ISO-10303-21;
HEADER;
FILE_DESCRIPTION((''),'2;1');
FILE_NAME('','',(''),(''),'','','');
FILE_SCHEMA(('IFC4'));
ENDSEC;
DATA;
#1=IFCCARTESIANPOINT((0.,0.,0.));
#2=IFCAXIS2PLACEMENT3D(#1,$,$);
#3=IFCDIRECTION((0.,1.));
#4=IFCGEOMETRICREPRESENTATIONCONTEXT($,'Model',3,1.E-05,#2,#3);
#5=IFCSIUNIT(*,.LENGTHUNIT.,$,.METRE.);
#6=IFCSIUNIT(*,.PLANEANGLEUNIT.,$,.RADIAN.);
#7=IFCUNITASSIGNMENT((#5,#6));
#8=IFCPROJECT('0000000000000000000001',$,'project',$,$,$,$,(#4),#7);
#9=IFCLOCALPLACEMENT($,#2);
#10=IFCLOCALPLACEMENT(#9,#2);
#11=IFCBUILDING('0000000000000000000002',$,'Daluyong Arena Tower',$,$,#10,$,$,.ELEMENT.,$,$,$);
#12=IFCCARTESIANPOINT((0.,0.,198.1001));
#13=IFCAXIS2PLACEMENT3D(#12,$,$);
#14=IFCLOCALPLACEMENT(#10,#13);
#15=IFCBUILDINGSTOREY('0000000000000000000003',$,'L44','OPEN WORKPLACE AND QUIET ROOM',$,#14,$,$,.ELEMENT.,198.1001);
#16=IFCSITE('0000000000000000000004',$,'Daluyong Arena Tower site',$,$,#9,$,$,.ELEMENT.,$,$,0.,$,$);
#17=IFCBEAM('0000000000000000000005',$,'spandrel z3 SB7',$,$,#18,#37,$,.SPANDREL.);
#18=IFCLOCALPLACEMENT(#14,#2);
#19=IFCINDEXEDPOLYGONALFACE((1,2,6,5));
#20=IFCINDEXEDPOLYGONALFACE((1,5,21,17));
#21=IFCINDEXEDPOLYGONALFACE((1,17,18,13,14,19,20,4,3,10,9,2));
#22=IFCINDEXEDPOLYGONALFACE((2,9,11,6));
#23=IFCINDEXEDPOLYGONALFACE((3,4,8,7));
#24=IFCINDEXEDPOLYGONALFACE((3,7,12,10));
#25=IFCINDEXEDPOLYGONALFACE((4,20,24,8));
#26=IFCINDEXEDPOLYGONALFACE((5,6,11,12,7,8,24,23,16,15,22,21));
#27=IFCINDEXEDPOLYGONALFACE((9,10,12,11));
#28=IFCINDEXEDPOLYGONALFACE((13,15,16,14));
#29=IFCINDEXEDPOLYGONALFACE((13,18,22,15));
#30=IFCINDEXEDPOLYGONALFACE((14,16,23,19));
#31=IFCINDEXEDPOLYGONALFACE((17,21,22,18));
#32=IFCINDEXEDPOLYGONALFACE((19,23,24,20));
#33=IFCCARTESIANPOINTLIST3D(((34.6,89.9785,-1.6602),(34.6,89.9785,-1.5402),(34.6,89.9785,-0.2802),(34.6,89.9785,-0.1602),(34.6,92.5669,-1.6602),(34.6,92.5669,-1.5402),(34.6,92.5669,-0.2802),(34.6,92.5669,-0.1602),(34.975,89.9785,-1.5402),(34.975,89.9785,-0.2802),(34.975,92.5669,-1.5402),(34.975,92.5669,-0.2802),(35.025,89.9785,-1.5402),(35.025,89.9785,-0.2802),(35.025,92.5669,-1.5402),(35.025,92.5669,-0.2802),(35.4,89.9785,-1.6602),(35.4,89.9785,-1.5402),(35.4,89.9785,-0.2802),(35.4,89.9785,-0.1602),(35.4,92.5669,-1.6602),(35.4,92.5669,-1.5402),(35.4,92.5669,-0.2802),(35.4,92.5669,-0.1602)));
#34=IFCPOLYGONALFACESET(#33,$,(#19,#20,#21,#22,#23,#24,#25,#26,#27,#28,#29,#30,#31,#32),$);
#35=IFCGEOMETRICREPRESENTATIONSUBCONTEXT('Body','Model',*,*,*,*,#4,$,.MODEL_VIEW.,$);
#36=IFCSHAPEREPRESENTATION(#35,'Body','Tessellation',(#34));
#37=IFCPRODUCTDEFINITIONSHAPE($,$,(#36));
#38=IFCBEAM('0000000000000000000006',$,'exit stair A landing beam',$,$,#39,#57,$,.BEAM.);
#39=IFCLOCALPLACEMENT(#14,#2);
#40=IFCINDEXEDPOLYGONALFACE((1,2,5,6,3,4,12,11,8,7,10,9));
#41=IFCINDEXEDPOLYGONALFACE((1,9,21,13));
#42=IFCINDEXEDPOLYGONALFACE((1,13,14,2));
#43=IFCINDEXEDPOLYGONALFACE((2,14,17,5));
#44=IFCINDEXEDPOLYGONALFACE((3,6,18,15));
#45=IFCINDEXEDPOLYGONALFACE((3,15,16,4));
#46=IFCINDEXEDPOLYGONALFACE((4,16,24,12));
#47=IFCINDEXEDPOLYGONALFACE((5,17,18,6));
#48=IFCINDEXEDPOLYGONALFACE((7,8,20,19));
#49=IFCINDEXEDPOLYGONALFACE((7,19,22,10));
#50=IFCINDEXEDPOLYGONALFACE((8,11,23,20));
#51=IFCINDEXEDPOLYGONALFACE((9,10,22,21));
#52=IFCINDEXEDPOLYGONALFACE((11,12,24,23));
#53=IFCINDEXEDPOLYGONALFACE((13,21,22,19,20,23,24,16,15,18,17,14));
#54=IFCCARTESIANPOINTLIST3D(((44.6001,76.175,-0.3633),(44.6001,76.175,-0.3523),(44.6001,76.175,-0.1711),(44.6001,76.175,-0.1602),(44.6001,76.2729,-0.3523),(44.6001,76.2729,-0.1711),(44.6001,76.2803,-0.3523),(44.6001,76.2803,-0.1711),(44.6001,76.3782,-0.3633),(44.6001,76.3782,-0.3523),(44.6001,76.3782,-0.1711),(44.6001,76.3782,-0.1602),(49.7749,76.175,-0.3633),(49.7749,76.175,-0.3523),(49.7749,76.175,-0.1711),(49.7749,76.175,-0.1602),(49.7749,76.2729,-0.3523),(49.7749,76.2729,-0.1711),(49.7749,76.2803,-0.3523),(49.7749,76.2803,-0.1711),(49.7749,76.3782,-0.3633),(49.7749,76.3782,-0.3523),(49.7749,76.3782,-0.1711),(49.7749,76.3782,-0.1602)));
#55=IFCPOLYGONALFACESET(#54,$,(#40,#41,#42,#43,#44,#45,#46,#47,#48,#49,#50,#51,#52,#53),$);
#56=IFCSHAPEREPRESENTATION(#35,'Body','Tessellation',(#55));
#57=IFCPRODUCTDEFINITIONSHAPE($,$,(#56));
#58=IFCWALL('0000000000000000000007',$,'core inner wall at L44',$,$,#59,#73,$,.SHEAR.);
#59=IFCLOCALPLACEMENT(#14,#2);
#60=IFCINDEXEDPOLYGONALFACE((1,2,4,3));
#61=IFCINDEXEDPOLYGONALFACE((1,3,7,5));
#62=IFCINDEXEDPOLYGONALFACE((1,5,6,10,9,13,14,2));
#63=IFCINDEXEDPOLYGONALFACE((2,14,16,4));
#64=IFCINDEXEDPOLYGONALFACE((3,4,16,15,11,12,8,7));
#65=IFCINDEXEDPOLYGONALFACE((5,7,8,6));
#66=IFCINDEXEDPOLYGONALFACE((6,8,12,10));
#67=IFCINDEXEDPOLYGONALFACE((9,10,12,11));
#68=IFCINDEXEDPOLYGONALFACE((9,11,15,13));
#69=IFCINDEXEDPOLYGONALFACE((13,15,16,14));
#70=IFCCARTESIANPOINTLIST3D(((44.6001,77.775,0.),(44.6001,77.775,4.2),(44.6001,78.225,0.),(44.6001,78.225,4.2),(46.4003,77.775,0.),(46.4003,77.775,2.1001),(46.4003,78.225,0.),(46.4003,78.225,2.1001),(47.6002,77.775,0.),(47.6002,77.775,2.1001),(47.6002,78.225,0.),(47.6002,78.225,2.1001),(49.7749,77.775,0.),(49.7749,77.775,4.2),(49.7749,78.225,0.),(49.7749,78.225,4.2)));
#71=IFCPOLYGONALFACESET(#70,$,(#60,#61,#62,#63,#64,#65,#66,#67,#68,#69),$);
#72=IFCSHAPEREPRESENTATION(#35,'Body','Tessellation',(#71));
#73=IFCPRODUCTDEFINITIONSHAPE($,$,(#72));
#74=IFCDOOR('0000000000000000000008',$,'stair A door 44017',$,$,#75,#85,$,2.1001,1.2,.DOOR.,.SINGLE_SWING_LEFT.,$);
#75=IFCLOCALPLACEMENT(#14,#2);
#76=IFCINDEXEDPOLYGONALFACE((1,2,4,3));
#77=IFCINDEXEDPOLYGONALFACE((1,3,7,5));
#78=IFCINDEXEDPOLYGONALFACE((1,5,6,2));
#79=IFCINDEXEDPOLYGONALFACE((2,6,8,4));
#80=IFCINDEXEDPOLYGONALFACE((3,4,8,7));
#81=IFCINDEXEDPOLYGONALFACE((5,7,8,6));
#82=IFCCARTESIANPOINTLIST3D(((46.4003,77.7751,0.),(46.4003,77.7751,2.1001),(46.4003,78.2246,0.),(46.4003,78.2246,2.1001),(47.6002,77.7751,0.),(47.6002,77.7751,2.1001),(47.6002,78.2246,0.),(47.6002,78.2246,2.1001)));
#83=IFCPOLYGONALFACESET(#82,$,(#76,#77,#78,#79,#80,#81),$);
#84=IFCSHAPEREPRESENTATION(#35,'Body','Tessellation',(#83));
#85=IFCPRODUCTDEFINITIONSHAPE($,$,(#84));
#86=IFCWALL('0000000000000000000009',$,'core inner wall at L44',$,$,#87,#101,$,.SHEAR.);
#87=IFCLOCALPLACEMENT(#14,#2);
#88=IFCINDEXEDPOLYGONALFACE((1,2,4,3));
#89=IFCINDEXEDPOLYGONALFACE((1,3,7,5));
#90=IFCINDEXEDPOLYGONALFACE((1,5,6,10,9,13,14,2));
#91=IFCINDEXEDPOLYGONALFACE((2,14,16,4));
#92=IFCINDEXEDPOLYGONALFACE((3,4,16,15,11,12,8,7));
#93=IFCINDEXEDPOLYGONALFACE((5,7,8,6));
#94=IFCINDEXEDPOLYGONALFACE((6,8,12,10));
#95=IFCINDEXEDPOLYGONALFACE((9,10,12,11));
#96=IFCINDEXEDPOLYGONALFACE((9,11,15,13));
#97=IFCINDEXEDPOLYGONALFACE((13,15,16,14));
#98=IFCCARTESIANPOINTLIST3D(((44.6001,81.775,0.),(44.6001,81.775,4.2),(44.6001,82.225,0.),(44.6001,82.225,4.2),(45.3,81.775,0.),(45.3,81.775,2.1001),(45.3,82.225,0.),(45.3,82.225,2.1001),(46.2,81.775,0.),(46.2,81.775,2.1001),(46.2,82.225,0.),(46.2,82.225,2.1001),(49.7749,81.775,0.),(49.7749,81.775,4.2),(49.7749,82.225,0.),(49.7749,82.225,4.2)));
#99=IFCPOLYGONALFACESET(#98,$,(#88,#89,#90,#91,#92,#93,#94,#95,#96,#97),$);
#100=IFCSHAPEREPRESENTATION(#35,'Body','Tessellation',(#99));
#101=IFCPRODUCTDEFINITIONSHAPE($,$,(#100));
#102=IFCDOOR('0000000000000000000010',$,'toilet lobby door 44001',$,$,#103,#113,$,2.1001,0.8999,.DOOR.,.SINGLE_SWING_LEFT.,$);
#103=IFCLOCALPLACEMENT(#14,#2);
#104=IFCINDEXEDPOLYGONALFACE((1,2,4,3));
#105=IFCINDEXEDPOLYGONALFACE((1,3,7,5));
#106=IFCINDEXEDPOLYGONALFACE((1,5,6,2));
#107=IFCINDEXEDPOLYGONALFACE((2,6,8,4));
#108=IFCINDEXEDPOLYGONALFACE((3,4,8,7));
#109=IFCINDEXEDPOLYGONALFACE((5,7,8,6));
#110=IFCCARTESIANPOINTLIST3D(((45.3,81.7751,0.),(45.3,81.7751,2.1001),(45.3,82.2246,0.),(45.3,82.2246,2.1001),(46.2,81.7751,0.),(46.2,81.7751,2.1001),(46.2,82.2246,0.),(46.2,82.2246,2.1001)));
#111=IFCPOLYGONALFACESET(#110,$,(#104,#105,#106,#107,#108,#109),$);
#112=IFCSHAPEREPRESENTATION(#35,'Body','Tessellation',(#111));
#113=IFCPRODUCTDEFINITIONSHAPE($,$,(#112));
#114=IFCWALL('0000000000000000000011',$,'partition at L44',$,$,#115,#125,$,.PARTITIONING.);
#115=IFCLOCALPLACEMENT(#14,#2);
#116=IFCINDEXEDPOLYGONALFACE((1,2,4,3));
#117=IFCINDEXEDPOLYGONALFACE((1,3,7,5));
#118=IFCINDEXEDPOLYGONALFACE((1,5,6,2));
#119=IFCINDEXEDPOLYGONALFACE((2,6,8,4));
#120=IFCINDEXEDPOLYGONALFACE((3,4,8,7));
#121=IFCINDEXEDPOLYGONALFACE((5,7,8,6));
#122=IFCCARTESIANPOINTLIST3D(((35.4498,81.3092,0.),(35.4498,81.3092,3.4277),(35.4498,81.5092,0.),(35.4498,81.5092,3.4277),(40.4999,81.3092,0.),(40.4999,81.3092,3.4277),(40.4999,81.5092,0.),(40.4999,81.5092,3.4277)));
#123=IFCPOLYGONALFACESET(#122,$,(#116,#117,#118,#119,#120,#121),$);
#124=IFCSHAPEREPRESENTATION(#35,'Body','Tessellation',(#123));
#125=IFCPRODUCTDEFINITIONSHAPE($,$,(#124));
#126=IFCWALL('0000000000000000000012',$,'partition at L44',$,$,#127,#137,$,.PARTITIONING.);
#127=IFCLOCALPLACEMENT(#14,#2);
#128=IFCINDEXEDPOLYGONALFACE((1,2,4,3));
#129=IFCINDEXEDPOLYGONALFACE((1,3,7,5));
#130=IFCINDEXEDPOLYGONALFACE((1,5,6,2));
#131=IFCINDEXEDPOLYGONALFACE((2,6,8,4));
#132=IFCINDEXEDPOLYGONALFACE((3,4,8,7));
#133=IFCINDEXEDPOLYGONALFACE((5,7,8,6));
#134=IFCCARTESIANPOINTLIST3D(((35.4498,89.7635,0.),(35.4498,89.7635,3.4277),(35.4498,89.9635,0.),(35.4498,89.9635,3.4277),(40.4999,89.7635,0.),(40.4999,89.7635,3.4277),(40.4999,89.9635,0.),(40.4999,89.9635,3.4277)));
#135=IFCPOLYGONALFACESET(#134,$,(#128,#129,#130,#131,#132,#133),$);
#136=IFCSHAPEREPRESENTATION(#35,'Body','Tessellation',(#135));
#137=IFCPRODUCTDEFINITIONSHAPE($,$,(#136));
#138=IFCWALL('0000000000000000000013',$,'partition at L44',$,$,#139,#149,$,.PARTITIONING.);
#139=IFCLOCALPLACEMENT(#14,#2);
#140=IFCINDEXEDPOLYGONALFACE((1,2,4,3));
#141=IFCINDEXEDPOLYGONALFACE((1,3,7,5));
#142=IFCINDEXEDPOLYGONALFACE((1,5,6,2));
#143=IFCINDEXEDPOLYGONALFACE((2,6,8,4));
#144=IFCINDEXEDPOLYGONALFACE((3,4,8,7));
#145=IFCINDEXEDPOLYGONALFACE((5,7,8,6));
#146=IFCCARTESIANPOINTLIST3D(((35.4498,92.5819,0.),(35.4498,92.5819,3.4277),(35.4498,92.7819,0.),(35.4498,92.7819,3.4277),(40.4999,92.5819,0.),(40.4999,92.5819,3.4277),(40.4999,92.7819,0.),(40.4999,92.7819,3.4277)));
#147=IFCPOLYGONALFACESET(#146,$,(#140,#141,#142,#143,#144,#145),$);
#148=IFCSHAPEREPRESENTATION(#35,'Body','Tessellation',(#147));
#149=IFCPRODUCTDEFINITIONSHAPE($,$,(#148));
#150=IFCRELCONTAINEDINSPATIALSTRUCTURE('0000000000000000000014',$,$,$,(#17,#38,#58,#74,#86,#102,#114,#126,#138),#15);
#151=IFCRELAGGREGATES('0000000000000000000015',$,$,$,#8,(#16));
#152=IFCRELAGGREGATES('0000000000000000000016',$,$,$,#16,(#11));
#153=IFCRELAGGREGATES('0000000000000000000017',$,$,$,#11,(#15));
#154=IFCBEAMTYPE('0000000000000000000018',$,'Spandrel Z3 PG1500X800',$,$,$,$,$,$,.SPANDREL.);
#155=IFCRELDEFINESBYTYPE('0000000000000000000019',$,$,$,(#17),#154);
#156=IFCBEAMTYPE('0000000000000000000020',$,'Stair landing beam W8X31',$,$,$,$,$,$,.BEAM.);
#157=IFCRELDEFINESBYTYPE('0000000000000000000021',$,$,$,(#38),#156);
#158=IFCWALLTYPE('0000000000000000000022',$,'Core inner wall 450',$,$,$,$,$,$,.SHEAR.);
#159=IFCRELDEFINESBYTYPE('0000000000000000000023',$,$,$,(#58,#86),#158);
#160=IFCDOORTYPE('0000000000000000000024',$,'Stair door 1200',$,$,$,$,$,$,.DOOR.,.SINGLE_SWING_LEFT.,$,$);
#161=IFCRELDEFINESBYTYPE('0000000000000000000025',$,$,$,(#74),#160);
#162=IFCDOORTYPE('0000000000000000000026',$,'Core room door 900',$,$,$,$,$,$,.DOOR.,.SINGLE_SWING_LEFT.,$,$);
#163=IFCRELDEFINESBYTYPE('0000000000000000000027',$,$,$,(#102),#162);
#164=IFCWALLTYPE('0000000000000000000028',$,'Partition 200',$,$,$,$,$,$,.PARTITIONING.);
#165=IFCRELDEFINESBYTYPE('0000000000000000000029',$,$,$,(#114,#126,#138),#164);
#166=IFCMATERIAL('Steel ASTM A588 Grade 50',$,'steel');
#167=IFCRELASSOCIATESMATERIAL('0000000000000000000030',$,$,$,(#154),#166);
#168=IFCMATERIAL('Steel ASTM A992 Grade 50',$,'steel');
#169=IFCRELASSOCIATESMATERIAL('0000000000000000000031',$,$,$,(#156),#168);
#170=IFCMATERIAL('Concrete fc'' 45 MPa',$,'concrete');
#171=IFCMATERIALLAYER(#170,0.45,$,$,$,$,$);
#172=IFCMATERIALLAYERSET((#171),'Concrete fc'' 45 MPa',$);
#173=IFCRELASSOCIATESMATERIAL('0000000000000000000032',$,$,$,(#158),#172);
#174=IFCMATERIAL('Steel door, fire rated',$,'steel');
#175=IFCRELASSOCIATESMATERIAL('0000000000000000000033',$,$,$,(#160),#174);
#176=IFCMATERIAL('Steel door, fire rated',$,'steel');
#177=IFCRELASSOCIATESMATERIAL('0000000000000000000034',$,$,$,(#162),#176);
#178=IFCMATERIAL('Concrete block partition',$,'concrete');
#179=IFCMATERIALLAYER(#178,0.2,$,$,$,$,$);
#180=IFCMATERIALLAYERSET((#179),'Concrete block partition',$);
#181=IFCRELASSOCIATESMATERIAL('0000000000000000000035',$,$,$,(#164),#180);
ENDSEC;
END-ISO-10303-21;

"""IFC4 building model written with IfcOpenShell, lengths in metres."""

from ifc_helpers import new_model, si_unit, direction, frame, frame_2d, origin, origin_2d, place, context, subcontext, project, spatial, rectangle, i_section, extrude, material, layer, layer_set, material_profile, profile_set, type_object, element, fill, save


model = new_model("IFC4")

# Units and contexts
model_context = context("Model", 3, precision=1e-05, world=origin(), true_north=direction((0.0, 1.0)))
body_context = subcontext(model_context, "Body", "Model", "MODEL_VIEW")
ifc_project = project(units=[si_unit("LENGTHUNIT", "METRE"), si_unit("PLANEANGLEUNIT", "RADIAN")], contexts=[model_context])

# Site, building, storey
site_placement = place(None, origin())
site = spatial("IfcSite", under=ifc_project, at=site_placement, Name="Daluyong Arena Tower site", CompositionType="ELEMENT", RefElevation=0.0)
building_placement = place(site_placement, origin())
building = spatial("IfcBuilding", under=site, at=building_placement, Name="Daluyong Arena Tower", CompositionType="ELEMENT")
storey_placement = place(building_placement, frame((0.0, 0.0, 198.1001)))
storey = spatial("IfcBuildingStorey", under=building, at=storey_placement, Name="L44", Description="OPEN WORKPLACE AND QUIET ROOM", CompositionType="ELEMENT", Elevation=198.1001)

# Beams
ifc_material_1 = material(Name="Steel ASTM A588 Grade 50", Category="steel")
ifc_material_profile_1 = material_profile(ifc_material_1, i_section(OverallWidth=0.8, OverallDepth=1.5, WebThickness=0.05, FlangeThickness=0.12, at=origin_2d()))
ifc_profile_set_1 = profile_set([ifc_material_profile_1], Name="Steel ASTM A588 Grade 50")
beam_type_1 = type_object("IfcBeamType", Name="Spandrel Z3 PG1500X800", PredefinedType="SPANDREL", material=ifc_profile_set_1)
beam_1_placement = place(storey_placement, frame((35.0, 92.5669, -0.9102), z_axis=(0.0, -1.0, 0.0), x_axis=(1.0, 0.0, 0.0)))
element("IfcBeam", 1, at=beam_1_placement, inside=storey, type_object=beam_type_1, Name="spandrel z3 SB7", PredefinedType="SPANDREL", context=body_context, shape_type="SweptSolid", body=[
    extrude(i_section(OverallWidth=0.8, OverallDepth=1.5, WebThickness=0.05, FlangeThickness=0.12, at=origin_2d()), origin(), (0.0, 0.0, 1.0), 2.5884),
])
ifc_material_2 = material(Name="Steel ASTM A992 Grade 50", Category="steel")
ifc_material_profile_2 = material_profile(ifc_material_2, i_section(OverallWidth=0.2031, OverallDepth=0.2031, WebThickness=0.0073, FlangeThickness=0.011, at=origin_2d()))
ifc_profile_set_2 = profile_set([ifc_material_profile_2], Name="Steel ASTM A992 Grade 50")
beam_type_2 = type_object("IfcBeamType", Name="Stair landing beam W8X31", PredefinedType="BEAM", material=ifc_profile_set_2)
beam_2_placement = place(storey_placement, frame((44.6001, 76.2766, -0.2617), z_axis=(1.0, 0.0, 0.0), x_axis=(0.0, 1.0, 0.0)))
element("IfcBeam", 2, at=beam_2_placement, inside=storey, type_object=beam_type_2, Name="exit stair A landing beam", PredefinedType="BEAM", context=body_context, shape_type="SweptSolid", body=[
    extrude(i_section(OverallWidth=0.2031, OverallDepth=0.2031, WebThickness=0.0073, FlangeThickness=0.011, at=origin_2d()), origin(), (0.0, 0.0, 1.0), 5.1748),
])

# Walls, openings, doors
ifc_material_3 = material(Name="Concrete fc' 45 MPa", Category="concrete")
ifc_layer_1 = layer(ifc_material_3, 0.45)
ifc_layer_set_1 = layer_set([ifc_layer_1], Name="Concrete fc' 45 MPa")
wall_type_1 = type_object("IfcWallType", Name="Core inner wall 450", PredefinedType="SHEAR", material=ifc_layer_set_1)
wall_1_placement = place(storey_placement, frame((44.6001, 78.0, 0.0), z_axis=(0.0, 0.0, 1.0), x_axis=(1.0, 0.0, 0.0)))
wall_1 = element("IfcWall", 3, at=wall_1_placement, inside=storey, type_object=wall_type_1, Name="core inner wall at L44", PredefinedType="SHEAR", context=body_context, shape_type="SweptSolid", body=[
    extrude(rectangle(XDim=5.1748, YDim=0.45, at=frame_2d((2.5874, 0.0))), origin(), (0.0, 0.0, 1.0), 4.2),
])
opening_1_placement = place(wall_1_placement, frame((1.8, 0.0, 0.0)))
opening_1 = element("IfcOpeningElement", 4, at=opening_1_placement, cuts=wall_1, PredefinedType="OPENING", context=body_context, shape_type="SweptSolid", body=[
    extrude(rectangle(XDim=1.2, YDim=2.1001, at=frame_2d((0.6001, 1.05))), frame((0.0, 0.2349, 0.0), z_axis=(0.0, -1.0, 0.0), x_axis=(1.0, 0.0, 0.0)), (0.0, 0.0, 1.0), 0.47),
])
ifc_material_4 = material(Name="Steel door, fire rated", Category="steel")
door_type_1 = type_object("IfcDoorType", Name="Stair door 1200", OperationType="SINGLE_SWING_LEFT", PredefinedType="DOOR", material=ifc_material_4)
door_1_placement = place(opening_1_placement, origin())
door_1 = element("IfcDoor", 5, at=door_1_placement, inside=storey, type_object=door_type_1, Name="stair A door 44017", OperationType="SINGLE_SWING_LEFT", OverallHeight=2.1001, OverallWidth=1.2, PredefinedType="DOOR", context=body_context, shape_type="SweptSolid", body=[
    extrude(rectangle(XDim=1.2, YDim=2.1001, at=frame_2d((0.6001, 1.05))), frame((0.0, 0.2246, 0.0), z_axis=(0.0, -1.0, 0.0), x_axis=(1.0, 0.0, 0.0)), (0.0, 0.0, 1.0), 0.4495),
])
fill(opening_1, door_1)
wall_2_placement = place(storey_placement, frame((44.6001, 82.0, 0.0), z_axis=(0.0, 0.0, 1.0), x_axis=(1.0, 0.0, 0.0)))
wall_2 = element("IfcWall", 6, at=wall_2_placement, inside=storey, type_object=wall_type_1, Name="core inner wall at L44", PredefinedType="SHEAR", context=body_context, shape_type="SweptSolid", body=[
    extrude(rectangle(XDim=5.1748, YDim=0.45, at=frame_2d((2.5874, 0.0))), origin(), (0.0, 0.0, 1.0), 4.2),
])
opening_2_placement = place(wall_2_placement, frame((0.7, 0.0, 0.0)))
opening_2 = element("IfcOpeningElement", 7, at=opening_2_placement, cuts=wall_2, PredefinedType="OPENING", context=body_context, shape_type="SweptSolid", body=[
    extrude(rectangle(XDim=0.8999, YDim=2.1001, at=frame_2d((0.45, 1.05))), frame((0.0, 0.2349, 0.0), z_axis=(0.0, -1.0, 0.0), x_axis=(1.0, 0.0, 0.0)), (0.0, 0.0, 1.0), 0.47),
])
ifc_material_5 = material(Name="Steel door, fire rated", Category="steel")
door_type_2 = type_object("IfcDoorType", Name="Core room door 900", OperationType="SINGLE_SWING_LEFT", PredefinedType="DOOR", material=ifc_material_5)
door_2_placement = place(opening_2_placement, origin())
door_2 = element("IfcDoor", 8, at=door_2_placement, inside=storey, type_object=door_type_2, Name="toilet lobby door 44001", OperationType="SINGLE_SWING_LEFT", OverallHeight=2.1001, OverallWidth=0.8999, PredefinedType="DOOR", context=body_context, shape_type="SweptSolid", body=[
    extrude(rectangle(XDim=0.8999, YDim=2.1001, at=frame_2d((0.45, 1.05))), frame((0.0, 0.2246, 0.0), z_axis=(0.0, -1.0, 0.0), x_axis=(1.0, 0.0, 0.0)), (0.0, 0.0, 1.0), 0.4495),
])
fill(opening_2, door_2)

# Walls
ifc_material_6 = material(Name="Concrete block partition", Category="concrete")
ifc_layer_2 = layer(ifc_material_6, 0.2)
ifc_layer_set_2 = layer_set([ifc_layer_2], Name="Concrete block partition")
wall_type_2 = type_object("IfcWallType", Name="Partition 200", PredefinedType="PARTITIONING", material=ifc_layer_set_2)
for number, where, z_axis, x_axis, name in (
    (9, (35.45, 81.4092, 0.0), (0.0, 0.0, 1.0), (1.0, 0.0, 0.0), "partition at L44"),
    (10, (35.45, 89.8635, 0.0), (0.0, 0.0, 1.0), (1.0, 0.0, 0.0), "partition at L44"),
    (11, (35.45, 92.6819, 0.0), (0.0, 0.0, 1.0), (1.0, 0.0, 0.0), "partition at L44"),
):
    element("IfcWall", number, at=place(storey_placement, frame(where, z_axis=z_axis, x_axis=x_axis)), inside=storey, type_object=wall_type_2, Name=name, PredefinedType="PARTITIONING", context=body_context, shape_type="SweptSolid", body=[
        extrude(rectangle(XDim=5.05, YDim=0.2, at=frame_2d((2.5249, 0.0))), origin(), (0.0, 0.0, 1.0), 3.4277),
    ])

save(model, "model.ifc")
